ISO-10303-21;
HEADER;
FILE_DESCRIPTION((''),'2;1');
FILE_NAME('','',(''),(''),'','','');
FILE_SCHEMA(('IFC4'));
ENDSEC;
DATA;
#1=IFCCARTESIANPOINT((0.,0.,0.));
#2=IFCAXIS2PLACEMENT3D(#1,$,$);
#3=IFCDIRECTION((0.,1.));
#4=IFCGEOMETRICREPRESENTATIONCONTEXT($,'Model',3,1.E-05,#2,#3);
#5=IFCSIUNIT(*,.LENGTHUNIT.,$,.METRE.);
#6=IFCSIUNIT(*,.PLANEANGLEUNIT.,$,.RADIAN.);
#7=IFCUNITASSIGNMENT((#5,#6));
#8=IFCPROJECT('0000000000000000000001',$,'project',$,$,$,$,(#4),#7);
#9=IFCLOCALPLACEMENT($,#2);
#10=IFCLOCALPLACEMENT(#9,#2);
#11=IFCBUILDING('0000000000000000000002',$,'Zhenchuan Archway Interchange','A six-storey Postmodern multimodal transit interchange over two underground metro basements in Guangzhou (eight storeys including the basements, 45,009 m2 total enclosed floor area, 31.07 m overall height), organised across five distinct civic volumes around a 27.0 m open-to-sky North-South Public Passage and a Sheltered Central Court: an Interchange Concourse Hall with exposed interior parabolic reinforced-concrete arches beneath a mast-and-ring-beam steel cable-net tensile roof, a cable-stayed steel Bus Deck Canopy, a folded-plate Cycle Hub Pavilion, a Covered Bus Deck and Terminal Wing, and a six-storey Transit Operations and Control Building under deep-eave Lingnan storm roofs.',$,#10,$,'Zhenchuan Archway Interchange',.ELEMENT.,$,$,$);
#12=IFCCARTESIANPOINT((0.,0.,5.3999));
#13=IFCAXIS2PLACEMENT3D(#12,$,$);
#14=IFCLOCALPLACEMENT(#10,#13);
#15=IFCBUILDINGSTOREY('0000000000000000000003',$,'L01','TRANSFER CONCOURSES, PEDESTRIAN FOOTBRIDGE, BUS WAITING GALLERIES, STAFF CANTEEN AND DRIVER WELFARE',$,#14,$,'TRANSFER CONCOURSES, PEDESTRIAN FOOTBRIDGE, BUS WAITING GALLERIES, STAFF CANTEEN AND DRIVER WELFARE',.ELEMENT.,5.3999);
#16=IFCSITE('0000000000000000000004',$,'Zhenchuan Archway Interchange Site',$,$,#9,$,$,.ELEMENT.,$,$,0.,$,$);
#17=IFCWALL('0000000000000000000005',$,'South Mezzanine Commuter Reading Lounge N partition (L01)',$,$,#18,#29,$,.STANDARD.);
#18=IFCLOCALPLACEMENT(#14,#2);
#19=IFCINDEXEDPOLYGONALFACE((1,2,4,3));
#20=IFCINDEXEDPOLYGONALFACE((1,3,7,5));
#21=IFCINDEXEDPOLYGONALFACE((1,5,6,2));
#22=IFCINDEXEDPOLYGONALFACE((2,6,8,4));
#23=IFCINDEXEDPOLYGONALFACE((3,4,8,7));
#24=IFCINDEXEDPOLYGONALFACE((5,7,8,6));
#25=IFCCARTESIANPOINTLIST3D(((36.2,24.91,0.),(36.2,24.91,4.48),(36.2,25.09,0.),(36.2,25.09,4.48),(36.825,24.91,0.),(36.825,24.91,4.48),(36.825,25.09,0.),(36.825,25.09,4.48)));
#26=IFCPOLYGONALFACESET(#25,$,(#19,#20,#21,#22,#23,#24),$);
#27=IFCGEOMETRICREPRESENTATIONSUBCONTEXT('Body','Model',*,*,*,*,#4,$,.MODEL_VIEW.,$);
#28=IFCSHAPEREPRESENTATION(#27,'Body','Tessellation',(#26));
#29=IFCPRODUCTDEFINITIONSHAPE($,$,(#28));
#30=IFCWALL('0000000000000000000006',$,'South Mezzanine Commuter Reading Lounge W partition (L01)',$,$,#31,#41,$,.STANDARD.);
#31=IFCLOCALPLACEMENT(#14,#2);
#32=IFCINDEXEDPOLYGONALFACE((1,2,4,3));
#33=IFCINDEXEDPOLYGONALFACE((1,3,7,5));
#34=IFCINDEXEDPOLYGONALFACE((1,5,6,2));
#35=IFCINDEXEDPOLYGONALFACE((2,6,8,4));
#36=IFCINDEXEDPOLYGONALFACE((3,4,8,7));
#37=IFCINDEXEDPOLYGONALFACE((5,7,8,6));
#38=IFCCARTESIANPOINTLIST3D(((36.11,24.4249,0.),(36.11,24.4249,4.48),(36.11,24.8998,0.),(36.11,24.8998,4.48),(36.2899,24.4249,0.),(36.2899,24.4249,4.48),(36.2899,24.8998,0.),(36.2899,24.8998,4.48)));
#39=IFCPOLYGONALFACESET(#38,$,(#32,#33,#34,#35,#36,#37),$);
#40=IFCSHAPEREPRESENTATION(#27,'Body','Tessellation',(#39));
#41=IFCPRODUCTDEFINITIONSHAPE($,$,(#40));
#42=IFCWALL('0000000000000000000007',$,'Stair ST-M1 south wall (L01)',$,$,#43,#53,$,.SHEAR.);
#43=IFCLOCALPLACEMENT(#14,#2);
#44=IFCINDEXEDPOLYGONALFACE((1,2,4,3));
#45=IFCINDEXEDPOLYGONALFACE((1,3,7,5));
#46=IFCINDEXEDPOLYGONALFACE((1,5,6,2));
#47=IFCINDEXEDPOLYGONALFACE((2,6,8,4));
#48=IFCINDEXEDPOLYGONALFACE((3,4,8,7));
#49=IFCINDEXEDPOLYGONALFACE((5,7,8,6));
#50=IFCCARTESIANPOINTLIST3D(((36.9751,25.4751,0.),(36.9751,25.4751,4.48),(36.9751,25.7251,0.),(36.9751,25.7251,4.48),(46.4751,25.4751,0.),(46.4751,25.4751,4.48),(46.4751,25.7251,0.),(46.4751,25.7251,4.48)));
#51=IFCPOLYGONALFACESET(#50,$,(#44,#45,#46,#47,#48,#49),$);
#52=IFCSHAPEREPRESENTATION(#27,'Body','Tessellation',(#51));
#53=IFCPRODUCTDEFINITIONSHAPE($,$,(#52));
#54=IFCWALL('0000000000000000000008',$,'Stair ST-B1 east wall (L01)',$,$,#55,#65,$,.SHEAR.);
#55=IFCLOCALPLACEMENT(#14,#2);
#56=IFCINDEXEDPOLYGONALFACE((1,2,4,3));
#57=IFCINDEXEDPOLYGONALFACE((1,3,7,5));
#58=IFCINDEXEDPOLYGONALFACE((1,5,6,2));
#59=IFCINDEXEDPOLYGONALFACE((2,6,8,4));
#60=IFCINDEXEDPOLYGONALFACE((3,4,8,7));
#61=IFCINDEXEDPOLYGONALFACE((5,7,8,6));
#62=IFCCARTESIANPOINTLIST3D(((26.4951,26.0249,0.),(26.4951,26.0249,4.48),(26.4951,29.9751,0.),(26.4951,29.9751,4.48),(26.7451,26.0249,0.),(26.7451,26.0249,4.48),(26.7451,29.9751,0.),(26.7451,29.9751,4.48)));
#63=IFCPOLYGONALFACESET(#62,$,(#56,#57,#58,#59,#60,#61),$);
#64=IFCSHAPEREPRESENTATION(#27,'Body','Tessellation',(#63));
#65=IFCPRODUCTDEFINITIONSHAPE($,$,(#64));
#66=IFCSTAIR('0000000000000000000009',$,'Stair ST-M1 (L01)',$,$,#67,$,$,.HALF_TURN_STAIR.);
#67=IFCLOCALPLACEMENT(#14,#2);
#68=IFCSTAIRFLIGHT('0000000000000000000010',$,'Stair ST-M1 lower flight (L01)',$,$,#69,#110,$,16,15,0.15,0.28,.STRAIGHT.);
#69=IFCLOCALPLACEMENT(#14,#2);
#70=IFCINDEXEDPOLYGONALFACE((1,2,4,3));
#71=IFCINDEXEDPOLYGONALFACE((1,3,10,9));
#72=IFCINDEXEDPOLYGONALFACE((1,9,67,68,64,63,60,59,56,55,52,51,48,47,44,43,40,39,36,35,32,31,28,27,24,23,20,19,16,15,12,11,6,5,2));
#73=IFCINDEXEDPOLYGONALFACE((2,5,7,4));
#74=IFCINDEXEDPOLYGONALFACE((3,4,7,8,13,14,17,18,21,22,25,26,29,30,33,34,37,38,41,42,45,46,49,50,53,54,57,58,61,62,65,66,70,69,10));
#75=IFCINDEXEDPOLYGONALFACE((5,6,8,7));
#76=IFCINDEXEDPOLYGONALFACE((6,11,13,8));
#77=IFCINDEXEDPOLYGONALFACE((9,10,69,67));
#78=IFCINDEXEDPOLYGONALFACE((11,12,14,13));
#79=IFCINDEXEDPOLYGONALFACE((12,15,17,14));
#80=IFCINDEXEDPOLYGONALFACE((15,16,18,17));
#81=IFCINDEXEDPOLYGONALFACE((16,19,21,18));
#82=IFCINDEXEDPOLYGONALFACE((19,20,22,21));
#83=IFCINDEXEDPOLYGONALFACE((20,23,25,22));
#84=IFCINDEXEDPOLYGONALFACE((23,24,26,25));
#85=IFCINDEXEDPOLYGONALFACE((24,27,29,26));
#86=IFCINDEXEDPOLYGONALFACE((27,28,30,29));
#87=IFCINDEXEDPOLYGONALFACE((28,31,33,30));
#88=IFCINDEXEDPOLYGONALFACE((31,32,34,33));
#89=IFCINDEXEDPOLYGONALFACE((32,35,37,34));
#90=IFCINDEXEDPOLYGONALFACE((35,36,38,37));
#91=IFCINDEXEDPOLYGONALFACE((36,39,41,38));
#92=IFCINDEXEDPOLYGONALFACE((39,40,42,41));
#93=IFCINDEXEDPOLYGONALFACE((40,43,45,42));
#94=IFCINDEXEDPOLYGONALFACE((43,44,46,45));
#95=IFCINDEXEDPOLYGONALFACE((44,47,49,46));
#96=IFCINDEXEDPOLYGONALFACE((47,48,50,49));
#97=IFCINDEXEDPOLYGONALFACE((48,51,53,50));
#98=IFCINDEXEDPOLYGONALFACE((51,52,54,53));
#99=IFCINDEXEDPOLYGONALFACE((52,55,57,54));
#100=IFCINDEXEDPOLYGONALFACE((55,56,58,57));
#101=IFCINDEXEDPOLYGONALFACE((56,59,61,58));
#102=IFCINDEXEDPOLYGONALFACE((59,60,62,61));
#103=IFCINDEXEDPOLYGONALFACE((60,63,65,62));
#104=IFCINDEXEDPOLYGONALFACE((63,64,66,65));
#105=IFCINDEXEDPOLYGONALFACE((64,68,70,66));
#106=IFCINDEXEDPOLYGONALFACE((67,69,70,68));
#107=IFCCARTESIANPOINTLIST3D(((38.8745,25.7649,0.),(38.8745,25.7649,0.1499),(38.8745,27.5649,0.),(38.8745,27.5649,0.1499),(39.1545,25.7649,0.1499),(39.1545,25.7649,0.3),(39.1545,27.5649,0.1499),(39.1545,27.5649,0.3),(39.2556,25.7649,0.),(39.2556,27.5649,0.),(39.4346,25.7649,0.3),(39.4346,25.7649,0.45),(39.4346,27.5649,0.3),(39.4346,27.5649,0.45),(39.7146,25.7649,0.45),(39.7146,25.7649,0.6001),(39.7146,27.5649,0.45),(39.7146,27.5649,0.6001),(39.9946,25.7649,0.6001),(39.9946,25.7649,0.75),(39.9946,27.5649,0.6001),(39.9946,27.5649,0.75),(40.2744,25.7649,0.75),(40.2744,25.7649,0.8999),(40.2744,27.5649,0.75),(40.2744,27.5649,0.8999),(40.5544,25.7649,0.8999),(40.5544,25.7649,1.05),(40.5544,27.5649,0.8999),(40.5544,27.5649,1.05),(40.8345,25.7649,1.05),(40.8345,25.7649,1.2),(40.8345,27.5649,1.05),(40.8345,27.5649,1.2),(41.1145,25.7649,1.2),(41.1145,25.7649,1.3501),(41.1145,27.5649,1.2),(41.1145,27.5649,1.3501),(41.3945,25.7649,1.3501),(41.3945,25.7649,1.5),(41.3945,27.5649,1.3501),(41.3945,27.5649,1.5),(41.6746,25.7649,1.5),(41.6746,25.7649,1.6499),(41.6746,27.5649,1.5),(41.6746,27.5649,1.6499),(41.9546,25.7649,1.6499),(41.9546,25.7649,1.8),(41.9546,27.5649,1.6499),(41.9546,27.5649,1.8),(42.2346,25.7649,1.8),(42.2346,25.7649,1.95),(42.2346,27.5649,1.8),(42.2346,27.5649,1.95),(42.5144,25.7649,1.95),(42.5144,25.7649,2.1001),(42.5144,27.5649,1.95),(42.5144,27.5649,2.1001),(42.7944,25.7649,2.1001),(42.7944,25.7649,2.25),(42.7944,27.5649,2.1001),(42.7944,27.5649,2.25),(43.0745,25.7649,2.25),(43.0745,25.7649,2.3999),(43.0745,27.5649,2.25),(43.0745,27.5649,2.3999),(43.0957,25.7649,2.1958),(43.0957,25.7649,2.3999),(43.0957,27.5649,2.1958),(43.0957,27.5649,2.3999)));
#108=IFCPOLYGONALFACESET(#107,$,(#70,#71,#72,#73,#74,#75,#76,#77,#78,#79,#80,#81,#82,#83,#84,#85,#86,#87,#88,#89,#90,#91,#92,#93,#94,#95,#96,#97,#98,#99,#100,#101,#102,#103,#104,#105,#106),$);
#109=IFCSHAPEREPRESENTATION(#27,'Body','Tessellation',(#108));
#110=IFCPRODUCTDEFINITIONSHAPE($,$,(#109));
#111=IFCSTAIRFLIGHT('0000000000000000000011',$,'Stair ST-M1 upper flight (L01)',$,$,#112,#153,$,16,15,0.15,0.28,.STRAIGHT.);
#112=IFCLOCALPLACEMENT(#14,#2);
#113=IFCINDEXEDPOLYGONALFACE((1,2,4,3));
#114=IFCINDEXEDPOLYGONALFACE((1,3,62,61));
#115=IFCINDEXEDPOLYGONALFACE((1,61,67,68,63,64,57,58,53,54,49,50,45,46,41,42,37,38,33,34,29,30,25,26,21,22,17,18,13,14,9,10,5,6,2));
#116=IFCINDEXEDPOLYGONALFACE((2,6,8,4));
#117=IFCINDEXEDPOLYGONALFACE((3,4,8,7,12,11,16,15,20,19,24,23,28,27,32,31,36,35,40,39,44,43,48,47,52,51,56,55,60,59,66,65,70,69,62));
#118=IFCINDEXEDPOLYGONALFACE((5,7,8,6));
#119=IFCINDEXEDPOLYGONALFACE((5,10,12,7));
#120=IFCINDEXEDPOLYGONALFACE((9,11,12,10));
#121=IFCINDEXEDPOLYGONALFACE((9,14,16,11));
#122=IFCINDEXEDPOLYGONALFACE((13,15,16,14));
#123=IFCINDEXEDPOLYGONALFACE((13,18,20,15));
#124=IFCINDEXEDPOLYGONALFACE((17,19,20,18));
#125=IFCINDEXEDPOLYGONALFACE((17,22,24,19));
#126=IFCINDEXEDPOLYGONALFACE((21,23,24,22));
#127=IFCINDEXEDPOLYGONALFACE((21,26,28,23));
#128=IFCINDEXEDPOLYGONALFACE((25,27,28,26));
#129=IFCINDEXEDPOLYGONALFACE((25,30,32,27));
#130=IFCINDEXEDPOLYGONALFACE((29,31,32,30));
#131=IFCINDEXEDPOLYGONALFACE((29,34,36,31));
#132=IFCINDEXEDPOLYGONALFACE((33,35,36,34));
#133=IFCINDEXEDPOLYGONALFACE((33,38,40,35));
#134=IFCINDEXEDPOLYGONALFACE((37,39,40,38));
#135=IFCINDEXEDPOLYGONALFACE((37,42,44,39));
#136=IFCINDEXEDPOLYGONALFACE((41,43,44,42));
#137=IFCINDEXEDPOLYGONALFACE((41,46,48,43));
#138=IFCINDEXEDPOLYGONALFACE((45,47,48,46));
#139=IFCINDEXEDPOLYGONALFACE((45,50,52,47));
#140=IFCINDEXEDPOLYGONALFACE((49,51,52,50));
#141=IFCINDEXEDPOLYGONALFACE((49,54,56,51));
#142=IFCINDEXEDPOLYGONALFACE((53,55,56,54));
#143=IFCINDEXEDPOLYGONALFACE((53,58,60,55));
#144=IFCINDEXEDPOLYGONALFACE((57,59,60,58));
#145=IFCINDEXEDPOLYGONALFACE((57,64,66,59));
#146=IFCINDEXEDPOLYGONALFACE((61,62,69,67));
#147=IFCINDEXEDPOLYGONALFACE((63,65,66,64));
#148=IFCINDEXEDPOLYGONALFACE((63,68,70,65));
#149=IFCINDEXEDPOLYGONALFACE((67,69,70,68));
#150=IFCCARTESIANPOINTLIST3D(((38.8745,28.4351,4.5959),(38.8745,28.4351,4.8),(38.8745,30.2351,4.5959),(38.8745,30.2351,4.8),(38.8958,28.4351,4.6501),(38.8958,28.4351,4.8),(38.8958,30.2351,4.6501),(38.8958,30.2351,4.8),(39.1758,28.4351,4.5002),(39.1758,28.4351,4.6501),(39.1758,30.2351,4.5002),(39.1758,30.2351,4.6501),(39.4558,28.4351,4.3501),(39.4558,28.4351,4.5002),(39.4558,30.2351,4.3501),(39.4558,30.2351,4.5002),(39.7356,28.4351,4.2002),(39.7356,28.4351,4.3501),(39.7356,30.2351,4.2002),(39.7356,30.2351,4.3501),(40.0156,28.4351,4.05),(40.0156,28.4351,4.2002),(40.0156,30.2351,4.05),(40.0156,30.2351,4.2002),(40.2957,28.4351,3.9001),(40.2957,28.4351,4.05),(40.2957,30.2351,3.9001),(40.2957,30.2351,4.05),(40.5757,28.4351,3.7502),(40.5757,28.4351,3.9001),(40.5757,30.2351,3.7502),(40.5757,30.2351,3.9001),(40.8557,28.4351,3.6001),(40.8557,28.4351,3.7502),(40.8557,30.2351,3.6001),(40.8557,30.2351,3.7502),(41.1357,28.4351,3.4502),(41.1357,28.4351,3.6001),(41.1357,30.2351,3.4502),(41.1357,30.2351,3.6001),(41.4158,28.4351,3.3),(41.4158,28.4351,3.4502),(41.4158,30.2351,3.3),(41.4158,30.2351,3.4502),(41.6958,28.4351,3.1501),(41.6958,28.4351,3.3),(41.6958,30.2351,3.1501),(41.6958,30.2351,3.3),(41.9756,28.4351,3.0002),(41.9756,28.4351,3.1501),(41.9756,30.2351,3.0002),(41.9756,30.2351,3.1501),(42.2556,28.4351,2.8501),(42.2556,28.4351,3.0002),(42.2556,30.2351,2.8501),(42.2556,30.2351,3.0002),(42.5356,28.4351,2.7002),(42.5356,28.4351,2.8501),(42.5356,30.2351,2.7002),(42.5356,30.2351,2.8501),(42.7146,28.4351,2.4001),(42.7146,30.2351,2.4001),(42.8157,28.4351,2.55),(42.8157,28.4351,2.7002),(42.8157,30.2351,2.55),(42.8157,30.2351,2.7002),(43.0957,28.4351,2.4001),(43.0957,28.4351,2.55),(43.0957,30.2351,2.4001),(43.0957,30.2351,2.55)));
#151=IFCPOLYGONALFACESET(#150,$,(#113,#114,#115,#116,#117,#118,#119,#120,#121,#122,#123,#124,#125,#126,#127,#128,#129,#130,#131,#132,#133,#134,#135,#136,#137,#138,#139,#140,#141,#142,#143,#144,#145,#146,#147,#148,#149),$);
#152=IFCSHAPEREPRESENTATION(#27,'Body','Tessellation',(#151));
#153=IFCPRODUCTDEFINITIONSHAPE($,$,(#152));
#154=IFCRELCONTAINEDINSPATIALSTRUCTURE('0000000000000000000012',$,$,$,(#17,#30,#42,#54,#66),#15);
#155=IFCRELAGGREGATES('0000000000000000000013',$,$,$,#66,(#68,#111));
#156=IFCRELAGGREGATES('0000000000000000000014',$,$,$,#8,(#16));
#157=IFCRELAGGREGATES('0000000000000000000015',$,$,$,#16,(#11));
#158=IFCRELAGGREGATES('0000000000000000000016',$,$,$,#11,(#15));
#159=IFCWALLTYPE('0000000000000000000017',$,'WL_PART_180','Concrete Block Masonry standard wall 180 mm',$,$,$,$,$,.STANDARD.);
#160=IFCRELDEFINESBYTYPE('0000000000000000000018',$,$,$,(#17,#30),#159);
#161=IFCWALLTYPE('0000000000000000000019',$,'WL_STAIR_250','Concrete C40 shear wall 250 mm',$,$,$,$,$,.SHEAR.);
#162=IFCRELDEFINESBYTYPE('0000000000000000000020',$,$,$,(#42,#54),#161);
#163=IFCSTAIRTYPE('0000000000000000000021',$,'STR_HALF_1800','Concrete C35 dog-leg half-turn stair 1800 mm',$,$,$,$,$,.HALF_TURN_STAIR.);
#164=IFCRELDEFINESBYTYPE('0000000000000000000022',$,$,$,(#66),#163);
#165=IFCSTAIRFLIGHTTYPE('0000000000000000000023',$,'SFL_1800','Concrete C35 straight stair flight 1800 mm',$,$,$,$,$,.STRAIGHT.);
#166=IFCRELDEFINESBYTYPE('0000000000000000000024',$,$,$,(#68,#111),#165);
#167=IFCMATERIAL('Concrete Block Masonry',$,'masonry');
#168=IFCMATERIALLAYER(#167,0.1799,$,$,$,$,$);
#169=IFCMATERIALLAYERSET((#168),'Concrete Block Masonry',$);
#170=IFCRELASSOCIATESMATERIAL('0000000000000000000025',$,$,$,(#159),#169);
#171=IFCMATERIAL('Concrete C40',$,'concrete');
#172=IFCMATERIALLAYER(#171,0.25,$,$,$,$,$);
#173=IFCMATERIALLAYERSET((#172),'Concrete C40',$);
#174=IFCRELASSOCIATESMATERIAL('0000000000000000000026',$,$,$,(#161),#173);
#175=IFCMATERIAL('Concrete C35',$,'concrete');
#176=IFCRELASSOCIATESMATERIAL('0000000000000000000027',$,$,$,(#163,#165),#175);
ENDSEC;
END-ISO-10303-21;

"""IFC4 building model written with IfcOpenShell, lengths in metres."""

from ifc_helpers import new_model, si_unit, direction, frame, frame_2d, origin, place, context, subcontext, project, spatial, polyline, rectangle, outline, extrude, material, layer, layer_set, type_object, element, aggregate, save


model = new_model("IFC4")

# Units and contexts
model_context = context("Model", 3, precision=1e-05, world=origin(), true_north=direction((0.0, 1.0)))
body_context = subcontext(model_context, "Body", "Model", "MODEL_VIEW")
ifc_project = project(units=[si_unit("LENGTHUNIT", "METRE"), si_unit("PLANEANGLEUNIT", "RADIAN")], contexts=[model_context])

# Site, building, storey
site_placement = place(None, origin())
site = spatial("IfcSite", under=ifc_project, at=site_placement, Name="Zhenchuan Archway Interchange Site", CompositionType="ELEMENT", RefElevation=0.0)
building_placement = place(site_placement, origin())
building = spatial("IfcBuilding", under=site, at=building_placement, Name="Zhenchuan Archway Interchange", Description="A six-storey Postmodern multimodal transit interchange over two underground metro basements in Guangzhou (eight storeys including the basements, 45,009 m2 total enclosed floor area, 31.07 m overall height), organised across five distinct civic volumes around a 27.0 m open-to-sky North-South Public Passage and a Sheltered Central Court: an Interchange Concourse Hall with exposed interior parabolic reinforced-concrete arches beneath a mast-and-ring-beam steel cable-net tensile roof, a cable-stayed steel Bus Deck Canopy, a folded-plate Cycle Hub Pavilion, a Covered Bus Deck and Terminal Wing, and a six-storey Transit Operations and Control Building under deep-eave Lingnan storm roofs.", LongName="Zhenchuan Archway Interchange", CompositionType="ELEMENT")
storey_placement = place(building_placement, frame((0.0, 0.0, 5.3999)))
storey = spatial("IfcBuildingStorey", under=building, at=storey_placement, Name="L01", Description="TRANSFER CONCOURSES, PEDESTRIAN FOOTBRIDGE, BUS WAITING GALLERIES, STAFF CANTEEN AND DRIVER WELFARE", LongName="TRANSFER CONCOURSES, PEDESTRIAN FOOTBRIDGE, BUS WAITING GALLERIES, STAFF CANTEEN AND DRIVER WELFARE", CompositionType="ELEMENT", Elevation=5.3999)

# Shared definitions
ifc_material_1 = material(Name="Concrete C40", Category="concrete")

# Walls
ifc_material_2 = material(Name="Concrete Block Masonry", Category="masonry")
ifc_layer_1 = layer(ifc_material_2, 0.1799)
ifc_layer_set_1 = layer_set([ifc_layer_1], Name="Concrete Block Masonry")
wall_type_1 = type_object("IfcWallType", Name="WL_PART_180", Description="Concrete Block Masonry standard wall 180 mm", PredefinedType="STANDARD", material=ifc_layer_set_1)
wall_1_placement = place(storey_placement, frame((36.2, 25.0, 0.0), z_axis=(0.0, 0.0, 1.0), x_axis=(1.0, 0.0, 0.0)))
element("IfcWall", 1, at=wall_1_placement, inside=storey, type_object=wall_type_1, Name="South Mezzanine Commuter Reading Lounge N partition (L01)", PredefinedType="STANDARD", context=body_context, shape_type="SweptSolid", body=[
    extrude(rectangle(XDim=0.625, YDim=0.1799, at=frame_2d((0.3125, 0.0))), origin(), (0.0, 0.0, 1.0), 4.48),
])
wall_2_placement = place(storey_placement, frame((36.2, 24.425, 0.0), z_axis=(0.0, 0.0, 1.0), x_axis=(0.0, 1.0, 0.0)))
element("IfcWall", 2, at=wall_2_placement, inside=storey, type_object=wall_type_1, Name="South Mezzanine Commuter Reading Lounge W partition (L01)", PredefinedType="STANDARD", context=body_context, shape_type="SweptSolid", body=[
    extrude(rectangle(XDim=0.4749, YDim=0.1799, at=frame_2d((0.2373, 0.0))), origin(), (0.0, 0.0, 1.0), 4.48),
])
ifc_layer_2 = layer(ifc_material_1, 0.25)
ifc_layer_set_2 = layer_set([ifc_layer_2], Name="Concrete C40")
wall_type_2 = type_object("IfcWallType", Name="WL_STAIR_250", Description="Concrete C40 shear wall 250 mm", PredefinedType="SHEAR", material=ifc_layer_set_2)
wall_3_placement = place(storey_placement, frame((36.9751, 25.6001, 0.0), z_axis=(0.0, 0.0, 1.0), x_axis=(1.0, 0.0, 0.0)))
element("IfcWall", 3, at=wall_3_placement, inside=storey, type_object=wall_type_2, Name="Stair ST-M1 south wall (L01)", PredefinedType="SHEAR", context=body_context, shape_type="SweptSolid", body=[
    extrude(rectangle(XDim=9.5, YDim=0.25, at=frame_2d((4.75, 0.0))), origin(), (0.0, 0.0, 1.0), 4.48),
])
wall_4_placement = place(storey_placement, frame((26.6201, 26.0249, 0.0), z_axis=(0.0, 0.0, 1.0), x_axis=(0.0, 1.0, 0.0)))
element("IfcWall", 4, at=wall_4_placement, inside=storey, type_object=wall_type_2, Name="Stair ST-B1 east wall (L01)", PredefinedType="SHEAR", context=body_context, shape_type="SweptSolid", body=[
    extrude(rectangle(XDim=3.9502, YDim=0.25, at=frame_2d((1.9751, 0.0))), origin(), (0.0, 0.0, 1.0), 4.48),
])

# Stair, stair flights
ifc_material_3 = material(Name="Concrete C35", Category="concrete")
stair_type = type_object("IfcStairType", Name="STR_HALF_1800", Description="Concrete C35 dog-leg half-turn stair 1800 mm", PredefinedType="HALF_TURN_STAIR", material=ifc_material_3)
stair_placement = place(storey_placement, origin())
stair = element("IfcStair", 5, at=stair_placement, inside=storey, type_object=stair_type, Name="Stair ST-M1 (L01)", PredefinedType="HALF_TURN_STAIR")
stair_flight_type = type_object("IfcStairFlightType", Name="SFL_1800", Description="Concrete C35 straight stair flight 1800 mm", PredefinedType="STRAIGHT", material=ifc_material_3)
stair_flight_1_placement = place(storey_placement, frame((38.8745, 26.665, 0.0), z_axis=(0.0, 0.0, 1.0), x_axis=(1.0, 0.0, 0.0)))
stair_flight_1 = element("IfcStairFlight", 6, at=stair_flight_1_placement, type_object=stair_flight_type, Name="Stair ST-M1 lower flight (L01)", NumberOfRisers=16, NumberOfTreads=15, PredefinedType="STRAIGHT", RiserHeight=0.15, TreadLength=0.28, context=body_context, shape_type="SweptSolid", body=[
    extrude(outline(polyline([(0.0, 0.0), (0.0, 0.1499), (0.28, 0.1499), (0.28, 0.3), (0.5601, 0.3), (0.5601, 0.45), (0.8401, 0.45), (0.8401, 0.6001), (1.1201, 0.6001), (1.1201, 0.75), (1.3999, 0.75), (1.3999, 0.8999), (1.6799, 0.8999), (1.6799, 1.05), (1.96, 1.05), (1.96, 1.2), (2.24, 1.2), (2.24, 1.3501), (2.52, 1.3501), (2.52, 1.5), (2.8, 1.5), (2.8, 1.6499), (3.0801, 1.6499), (3.0801, 1.8), (3.3601, 1.8), (3.3601, 1.95), (3.6399, 1.95), (3.6399, 2.1001), (3.9199, 2.1001), (3.9199, 2.25), (4.2, 2.25), (4.2, 2.3999), (4.2212, 2.3999), (4.2212, 2.1958), (0.3811, 0.0), (0.0, 0.0)])), frame((0.0, 0.8999, 0.0), z_axis=(0.0, -1.0, 0.0), x_axis=(1.0, 0.0, 0.0)), (0.0, 0.0, 1.0), 1.8),
])
stair_flight_2_placement = place(storey_placement, frame((43.0957, 29.335, 2.4001), z_axis=(0.0, 0.0, 1.0), x_axis=(-1.0, 0.0, 0.0)))
stair_flight_2 = element("IfcStairFlight", 7, at=stair_flight_2_placement, type_object=stair_flight_type, Name="Stair ST-M1 upper flight (L01)", NumberOfRisers=16, NumberOfTreads=15, PredefinedType="STRAIGHT", RiserHeight=0.15, TreadLength=0.28, context=body_context, shape_type="SweptSolid", body=[
    extrude(outline(polyline([(0.0, 0.0), (0.0, 0.1499), (0.28, 0.1499), (0.28, 0.3), (0.5601, 0.3), (0.5601, 0.45), (0.8401, 0.45), (0.8401, 0.6001), (1.1201, 0.6001), (1.1201, 0.75), (1.3999, 0.75), (1.3999, 0.8999), (1.6799, 0.8999), (1.6799, 1.05), (1.96, 1.05), (1.96, 1.2), (2.24, 1.2), (2.24, 1.3501), (2.52, 1.3501), (2.52, 1.5), (2.8, 1.5), (2.8, 1.6499), (3.0801, 1.6499), (3.0801, 1.8), (3.3601, 1.8), (3.3601, 1.95), (3.6399, 1.95), (3.6399, 2.1001), (3.9199, 2.1001), (3.9199, 2.25), (4.2, 2.25), (4.2, 2.3999), (4.2212, 2.3999), (4.2212, 2.1958), (0.3811, 0.0), (0.0, 0.0)])), frame((0.0, 0.8999, 0.0), z_axis=(0.0, -1.0, 0.0), x_axis=(1.0, 0.0, 0.0)), (0.0, 0.0, 1.0), 1.8),
])
aggregate(stair, [stair_flight_1, stair_flight_2])

save(model, "model.ifc")
